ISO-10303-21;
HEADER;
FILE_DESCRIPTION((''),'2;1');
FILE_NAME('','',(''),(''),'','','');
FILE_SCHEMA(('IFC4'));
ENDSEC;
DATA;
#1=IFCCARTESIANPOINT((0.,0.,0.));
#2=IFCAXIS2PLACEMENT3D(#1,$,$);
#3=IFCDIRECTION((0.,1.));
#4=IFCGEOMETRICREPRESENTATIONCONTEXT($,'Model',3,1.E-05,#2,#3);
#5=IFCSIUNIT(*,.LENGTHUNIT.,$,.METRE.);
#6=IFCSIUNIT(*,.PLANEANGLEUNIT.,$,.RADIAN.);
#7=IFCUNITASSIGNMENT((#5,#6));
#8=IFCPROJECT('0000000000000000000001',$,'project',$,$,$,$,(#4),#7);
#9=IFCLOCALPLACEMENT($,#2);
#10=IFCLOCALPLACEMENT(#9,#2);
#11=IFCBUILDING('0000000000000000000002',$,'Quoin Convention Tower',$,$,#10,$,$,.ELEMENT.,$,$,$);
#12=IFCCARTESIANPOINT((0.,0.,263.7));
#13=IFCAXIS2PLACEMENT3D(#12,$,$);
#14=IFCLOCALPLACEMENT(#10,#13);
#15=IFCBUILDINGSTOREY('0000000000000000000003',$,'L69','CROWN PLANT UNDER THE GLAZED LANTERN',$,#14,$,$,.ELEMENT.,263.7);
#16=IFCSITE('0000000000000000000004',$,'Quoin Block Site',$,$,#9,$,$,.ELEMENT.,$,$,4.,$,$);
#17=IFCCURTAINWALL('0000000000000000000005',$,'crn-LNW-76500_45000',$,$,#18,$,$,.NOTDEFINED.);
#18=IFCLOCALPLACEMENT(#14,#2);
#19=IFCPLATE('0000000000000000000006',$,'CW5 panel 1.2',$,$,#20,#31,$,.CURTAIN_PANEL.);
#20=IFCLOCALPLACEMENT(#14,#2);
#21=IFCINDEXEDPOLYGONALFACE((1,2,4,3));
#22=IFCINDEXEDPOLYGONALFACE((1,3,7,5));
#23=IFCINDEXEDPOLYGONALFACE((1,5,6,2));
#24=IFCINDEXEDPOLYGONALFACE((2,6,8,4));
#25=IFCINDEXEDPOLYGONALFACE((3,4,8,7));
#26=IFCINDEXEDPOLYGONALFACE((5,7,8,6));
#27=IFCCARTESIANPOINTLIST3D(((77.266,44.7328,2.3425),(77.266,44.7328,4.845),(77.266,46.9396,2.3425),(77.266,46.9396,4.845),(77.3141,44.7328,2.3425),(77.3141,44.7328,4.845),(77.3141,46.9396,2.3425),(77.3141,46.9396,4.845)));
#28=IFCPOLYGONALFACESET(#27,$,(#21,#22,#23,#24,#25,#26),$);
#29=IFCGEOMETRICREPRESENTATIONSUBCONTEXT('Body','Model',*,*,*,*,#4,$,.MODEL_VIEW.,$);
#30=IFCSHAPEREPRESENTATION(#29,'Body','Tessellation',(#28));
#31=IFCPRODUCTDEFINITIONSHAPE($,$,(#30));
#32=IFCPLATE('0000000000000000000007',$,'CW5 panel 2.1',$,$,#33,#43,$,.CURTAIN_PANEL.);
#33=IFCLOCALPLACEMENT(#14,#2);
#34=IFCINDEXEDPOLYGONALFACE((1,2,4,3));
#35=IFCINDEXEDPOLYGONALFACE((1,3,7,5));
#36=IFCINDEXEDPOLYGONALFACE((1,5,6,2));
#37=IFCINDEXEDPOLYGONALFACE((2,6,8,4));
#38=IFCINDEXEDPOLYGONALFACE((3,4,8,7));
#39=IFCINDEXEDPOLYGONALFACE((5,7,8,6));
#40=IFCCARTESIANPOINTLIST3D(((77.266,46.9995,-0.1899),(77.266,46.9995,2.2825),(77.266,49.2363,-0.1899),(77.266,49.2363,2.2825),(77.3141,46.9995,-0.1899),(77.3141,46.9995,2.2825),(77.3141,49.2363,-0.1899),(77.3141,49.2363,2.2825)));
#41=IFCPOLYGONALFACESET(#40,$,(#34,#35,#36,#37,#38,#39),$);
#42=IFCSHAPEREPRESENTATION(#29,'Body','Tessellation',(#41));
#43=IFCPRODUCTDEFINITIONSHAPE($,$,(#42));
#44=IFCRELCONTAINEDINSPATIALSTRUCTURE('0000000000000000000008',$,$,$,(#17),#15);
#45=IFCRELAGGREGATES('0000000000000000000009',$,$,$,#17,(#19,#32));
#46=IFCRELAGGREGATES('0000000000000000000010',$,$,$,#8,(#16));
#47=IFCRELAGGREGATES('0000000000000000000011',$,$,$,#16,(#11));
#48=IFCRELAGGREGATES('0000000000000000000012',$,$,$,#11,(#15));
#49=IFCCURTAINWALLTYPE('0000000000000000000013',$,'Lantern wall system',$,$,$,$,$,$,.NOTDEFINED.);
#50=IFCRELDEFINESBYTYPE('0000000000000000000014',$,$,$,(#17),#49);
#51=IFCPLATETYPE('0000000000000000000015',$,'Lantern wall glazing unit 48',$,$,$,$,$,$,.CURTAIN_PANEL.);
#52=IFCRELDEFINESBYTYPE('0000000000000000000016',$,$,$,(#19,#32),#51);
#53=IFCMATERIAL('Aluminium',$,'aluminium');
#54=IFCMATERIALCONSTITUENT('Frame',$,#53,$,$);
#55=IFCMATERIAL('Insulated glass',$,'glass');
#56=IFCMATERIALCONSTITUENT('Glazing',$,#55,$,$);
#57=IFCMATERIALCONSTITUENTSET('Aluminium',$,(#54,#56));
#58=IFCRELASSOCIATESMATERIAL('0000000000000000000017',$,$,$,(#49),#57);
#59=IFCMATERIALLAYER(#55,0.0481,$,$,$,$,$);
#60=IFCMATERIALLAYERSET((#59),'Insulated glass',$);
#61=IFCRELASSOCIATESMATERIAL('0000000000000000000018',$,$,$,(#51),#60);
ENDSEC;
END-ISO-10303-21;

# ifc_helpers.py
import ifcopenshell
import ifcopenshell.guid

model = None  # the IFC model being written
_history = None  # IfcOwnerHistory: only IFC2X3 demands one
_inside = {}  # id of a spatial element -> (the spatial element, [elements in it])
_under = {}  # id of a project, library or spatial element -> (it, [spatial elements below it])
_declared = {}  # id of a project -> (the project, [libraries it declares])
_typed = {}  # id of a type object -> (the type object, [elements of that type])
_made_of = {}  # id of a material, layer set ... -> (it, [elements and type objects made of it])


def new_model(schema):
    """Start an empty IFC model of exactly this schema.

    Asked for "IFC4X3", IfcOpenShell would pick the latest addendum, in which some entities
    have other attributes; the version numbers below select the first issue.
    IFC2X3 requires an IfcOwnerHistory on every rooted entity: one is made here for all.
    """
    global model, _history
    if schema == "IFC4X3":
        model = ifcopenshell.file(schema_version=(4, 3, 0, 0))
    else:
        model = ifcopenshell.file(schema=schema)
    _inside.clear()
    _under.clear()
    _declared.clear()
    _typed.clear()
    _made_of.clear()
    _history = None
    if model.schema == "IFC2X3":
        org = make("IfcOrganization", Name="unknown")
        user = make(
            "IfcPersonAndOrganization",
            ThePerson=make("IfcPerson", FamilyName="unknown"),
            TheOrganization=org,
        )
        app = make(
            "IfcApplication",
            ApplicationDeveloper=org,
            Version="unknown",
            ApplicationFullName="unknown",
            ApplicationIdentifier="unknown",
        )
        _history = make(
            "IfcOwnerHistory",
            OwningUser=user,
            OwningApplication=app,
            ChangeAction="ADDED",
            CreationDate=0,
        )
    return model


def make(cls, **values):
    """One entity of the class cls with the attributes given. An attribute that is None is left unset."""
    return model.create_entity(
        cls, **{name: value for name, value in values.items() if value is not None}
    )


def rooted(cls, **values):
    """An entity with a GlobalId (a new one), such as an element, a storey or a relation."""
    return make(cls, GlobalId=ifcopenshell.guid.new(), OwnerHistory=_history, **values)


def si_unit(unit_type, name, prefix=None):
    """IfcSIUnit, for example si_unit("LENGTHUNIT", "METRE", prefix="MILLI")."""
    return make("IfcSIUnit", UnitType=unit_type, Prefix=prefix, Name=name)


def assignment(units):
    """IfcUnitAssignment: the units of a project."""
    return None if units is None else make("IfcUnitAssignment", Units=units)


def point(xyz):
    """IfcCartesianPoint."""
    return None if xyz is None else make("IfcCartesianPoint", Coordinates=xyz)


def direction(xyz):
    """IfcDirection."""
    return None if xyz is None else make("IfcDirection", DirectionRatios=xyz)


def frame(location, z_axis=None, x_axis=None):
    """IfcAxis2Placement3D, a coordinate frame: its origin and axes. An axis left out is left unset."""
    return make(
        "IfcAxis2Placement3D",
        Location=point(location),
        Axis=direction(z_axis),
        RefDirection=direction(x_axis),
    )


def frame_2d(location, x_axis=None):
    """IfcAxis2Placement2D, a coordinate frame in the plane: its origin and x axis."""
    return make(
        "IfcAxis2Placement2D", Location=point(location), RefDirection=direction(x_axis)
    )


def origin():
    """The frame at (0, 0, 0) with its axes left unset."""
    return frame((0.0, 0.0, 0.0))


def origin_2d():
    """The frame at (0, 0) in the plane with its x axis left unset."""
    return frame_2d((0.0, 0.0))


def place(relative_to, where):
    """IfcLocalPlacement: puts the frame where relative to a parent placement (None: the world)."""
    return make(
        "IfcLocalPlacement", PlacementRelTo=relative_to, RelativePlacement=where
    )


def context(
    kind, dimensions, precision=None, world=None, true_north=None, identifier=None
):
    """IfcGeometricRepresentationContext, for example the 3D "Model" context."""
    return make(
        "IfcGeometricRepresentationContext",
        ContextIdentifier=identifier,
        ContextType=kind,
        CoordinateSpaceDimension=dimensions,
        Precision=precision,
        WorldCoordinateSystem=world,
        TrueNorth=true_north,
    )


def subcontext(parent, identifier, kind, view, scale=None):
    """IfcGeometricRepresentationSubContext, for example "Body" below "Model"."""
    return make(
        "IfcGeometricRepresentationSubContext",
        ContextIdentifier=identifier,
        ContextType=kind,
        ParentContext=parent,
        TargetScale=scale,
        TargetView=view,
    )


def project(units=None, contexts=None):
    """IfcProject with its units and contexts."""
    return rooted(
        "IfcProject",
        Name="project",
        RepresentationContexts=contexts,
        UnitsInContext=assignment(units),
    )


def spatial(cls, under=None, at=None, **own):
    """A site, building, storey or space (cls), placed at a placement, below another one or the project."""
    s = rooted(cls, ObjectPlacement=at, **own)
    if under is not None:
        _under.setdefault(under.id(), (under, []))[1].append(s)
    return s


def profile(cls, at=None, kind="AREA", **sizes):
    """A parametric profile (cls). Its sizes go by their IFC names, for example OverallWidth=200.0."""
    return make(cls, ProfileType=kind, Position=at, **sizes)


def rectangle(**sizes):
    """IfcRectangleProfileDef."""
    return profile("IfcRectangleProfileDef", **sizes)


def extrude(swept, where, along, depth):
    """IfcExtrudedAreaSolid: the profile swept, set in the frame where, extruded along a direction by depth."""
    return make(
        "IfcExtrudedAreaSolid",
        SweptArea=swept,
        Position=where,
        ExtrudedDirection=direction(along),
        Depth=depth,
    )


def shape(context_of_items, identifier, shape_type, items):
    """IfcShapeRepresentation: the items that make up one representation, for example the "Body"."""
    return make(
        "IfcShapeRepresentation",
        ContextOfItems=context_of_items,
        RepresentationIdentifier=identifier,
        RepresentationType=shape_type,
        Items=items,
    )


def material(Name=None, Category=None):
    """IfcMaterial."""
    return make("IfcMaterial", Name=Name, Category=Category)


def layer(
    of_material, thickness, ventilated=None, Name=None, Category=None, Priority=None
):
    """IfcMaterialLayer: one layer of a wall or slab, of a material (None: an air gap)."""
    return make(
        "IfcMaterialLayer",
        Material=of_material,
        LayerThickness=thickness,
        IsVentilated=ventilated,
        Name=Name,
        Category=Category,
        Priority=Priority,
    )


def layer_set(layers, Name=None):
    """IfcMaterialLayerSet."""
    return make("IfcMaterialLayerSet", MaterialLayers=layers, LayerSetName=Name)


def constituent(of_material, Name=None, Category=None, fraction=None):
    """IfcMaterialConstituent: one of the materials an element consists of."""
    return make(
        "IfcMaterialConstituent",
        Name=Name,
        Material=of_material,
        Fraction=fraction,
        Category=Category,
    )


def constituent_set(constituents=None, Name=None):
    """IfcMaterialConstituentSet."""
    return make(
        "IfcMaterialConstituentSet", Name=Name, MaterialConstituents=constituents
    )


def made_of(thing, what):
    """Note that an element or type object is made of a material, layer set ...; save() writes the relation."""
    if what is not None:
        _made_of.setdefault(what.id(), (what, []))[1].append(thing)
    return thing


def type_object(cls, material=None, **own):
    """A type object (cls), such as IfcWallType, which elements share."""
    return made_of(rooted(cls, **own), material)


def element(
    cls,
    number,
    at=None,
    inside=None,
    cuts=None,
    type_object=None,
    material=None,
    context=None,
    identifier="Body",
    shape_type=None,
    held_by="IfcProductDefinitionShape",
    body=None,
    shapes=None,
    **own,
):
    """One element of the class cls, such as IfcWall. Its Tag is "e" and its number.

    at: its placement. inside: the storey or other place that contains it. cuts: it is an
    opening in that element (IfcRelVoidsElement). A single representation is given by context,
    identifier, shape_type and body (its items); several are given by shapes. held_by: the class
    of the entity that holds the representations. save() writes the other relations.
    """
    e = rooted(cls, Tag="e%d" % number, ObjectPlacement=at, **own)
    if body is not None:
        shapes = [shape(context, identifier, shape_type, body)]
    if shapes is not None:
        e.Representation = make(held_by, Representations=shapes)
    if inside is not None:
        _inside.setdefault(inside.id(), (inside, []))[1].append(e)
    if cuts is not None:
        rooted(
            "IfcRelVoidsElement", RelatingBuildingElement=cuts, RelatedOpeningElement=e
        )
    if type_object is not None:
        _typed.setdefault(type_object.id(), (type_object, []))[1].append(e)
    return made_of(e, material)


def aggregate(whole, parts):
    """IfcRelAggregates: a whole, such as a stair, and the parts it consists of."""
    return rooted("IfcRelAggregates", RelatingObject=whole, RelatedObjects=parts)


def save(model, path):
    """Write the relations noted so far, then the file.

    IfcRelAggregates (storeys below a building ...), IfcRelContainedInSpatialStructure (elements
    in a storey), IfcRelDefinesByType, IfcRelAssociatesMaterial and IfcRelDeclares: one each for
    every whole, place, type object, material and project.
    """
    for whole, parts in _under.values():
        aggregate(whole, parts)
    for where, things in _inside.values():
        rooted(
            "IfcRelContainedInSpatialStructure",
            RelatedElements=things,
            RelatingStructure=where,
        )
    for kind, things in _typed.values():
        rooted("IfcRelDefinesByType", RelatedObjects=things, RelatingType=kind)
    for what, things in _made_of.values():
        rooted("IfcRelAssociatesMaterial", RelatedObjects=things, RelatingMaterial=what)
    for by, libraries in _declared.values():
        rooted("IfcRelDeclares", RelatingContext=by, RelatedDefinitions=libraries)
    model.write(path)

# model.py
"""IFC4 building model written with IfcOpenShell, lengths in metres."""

from ifc_helpers import new_model, si_unit, direction, frame, origin, origin_2d, place, context, subcontext, project, spatial, rectangle, extrude, material, layer, layer_set, constituent, constituent_set, type_object, element, aggregate, save


model = new_model("IFC4")

# Units and contexts
model_context = context("Model", 3, precision=1e-05, world=origin(), true_north=direction((0.0, 1.0)))
body_context = subcontext(model_context, "Body", "Model", "MODEL_VIEW")
ifc_project = project(units=[si_unit("LENGTHUNIT", "METRE"), si_unit("PLANEANGLEUNIT", "RADIAN")], contexts=[model_context])

# Site, building, storey
site_placement = place(None, origin())
site = spatial("IfcSite", under=ifc_project, at=site_placement, Name="Quoin Block Site", CompositionType="ELEMENT", RefElevation=4.0)
building_placement = place(site_placement, origin())
building = spatial("IfcBuilding", under=site, at=building_placement, Name="Quoin Convention Tower", CompositionType="ELEMENT")
storey_placement = place(building_placement, frame((0.0, 0.0, 263.7)))
storey = spatial("IfcBuildingStorey", under=building, at=storey_placement, Name="L69", Description="CROWN PLANT UNDER THE GLAZED LANTERN", CompositionType="ELEMENT", Elevation=263.7)

# Curtain wall
ifc_material_1 = material(Name="Aluminium", Category="aluminium")
ifc_constituent_1 = constituent(ifc_material_1, Name="Frame")
ifc_material_2 = material(Name="Insulated glass", Category="glass")
ifc_constituent_2 = constituent(ifc_material_2, Name="Glazing")
ifc_constituent_set = constituent_set(constituents=[ifc_constituent_1, ifc_constituent_2], Name="Aluminium")
curtain_wall_type = type_object("IfcCurtainWallType", Name="Lantern wall system", PredefinedType="NOTDEFINED", material=ifc_constituent_set)
curtain_wall_1_placement = place(storey_placement, origin())
curtain_wall_1 = element("IfcCurtainWall", 1, at=curtain_wall_1_placement, inside=storey, type_object=curtain_wall_type, Name="crn-LNW-76500_45000", PredefinedType="NOTDEFINED")

# Plates
ifc_layer = layer(ifc_material_2, 0.0481)
ifc_layer_set = layer_set([ifc_layer], Name="Insulated glass")
plate_type = type_object("IfcPlateType", Name="Lantern wall glazing unit 48", PredefinedType="CURTAIN_PANEL", material=ifc_layer_set)
plate_1_placement = place(storey_placement, frame((77.29, 45.8362, 2.3425), z_axis=(0.0, 0.0, 1.0), x_axis=(0.0, 1.0, 0.0)))
plate_1 = element("IfcPlate", 2, at=plate_1_placement, type_object=plate_type, Name="CW5 panel 1.2", PredefinedType="CURTAIN_PANEL", context=body_context, shape_type="SweptSolid", body=[
    extrude(rectangle(XDim=2.2068, YDim=0.0481, at=origin_2d()), origin(), (0.0, 0.0, 1.0), 2.5024),
])
plate_2_placement = place(storey_placement, frame((77.29, 48.1179, -0.1899), z_axis=(0.0, 0.0, 1.0), x_axis=(0.0, 1.0, 0.0)))
plate_2 = element("IfcPlate", 3, at=plate_2_placement, type_object=plate_type, Name="CW5 panel 2.1", PredefinedType="CURTAIN_PANEL", context=body_context, shape_type="SweptSolid", body=[
    extrude(rectangle(XDim=2.2368, YDim=0.0481, at=origin_2d()), origin(), (0.0, 0.0, 1.0), 2.4724),
])
aggregate(curtain_wall_1, [plate_1, plate_2])

save(model, "model.ifc")
